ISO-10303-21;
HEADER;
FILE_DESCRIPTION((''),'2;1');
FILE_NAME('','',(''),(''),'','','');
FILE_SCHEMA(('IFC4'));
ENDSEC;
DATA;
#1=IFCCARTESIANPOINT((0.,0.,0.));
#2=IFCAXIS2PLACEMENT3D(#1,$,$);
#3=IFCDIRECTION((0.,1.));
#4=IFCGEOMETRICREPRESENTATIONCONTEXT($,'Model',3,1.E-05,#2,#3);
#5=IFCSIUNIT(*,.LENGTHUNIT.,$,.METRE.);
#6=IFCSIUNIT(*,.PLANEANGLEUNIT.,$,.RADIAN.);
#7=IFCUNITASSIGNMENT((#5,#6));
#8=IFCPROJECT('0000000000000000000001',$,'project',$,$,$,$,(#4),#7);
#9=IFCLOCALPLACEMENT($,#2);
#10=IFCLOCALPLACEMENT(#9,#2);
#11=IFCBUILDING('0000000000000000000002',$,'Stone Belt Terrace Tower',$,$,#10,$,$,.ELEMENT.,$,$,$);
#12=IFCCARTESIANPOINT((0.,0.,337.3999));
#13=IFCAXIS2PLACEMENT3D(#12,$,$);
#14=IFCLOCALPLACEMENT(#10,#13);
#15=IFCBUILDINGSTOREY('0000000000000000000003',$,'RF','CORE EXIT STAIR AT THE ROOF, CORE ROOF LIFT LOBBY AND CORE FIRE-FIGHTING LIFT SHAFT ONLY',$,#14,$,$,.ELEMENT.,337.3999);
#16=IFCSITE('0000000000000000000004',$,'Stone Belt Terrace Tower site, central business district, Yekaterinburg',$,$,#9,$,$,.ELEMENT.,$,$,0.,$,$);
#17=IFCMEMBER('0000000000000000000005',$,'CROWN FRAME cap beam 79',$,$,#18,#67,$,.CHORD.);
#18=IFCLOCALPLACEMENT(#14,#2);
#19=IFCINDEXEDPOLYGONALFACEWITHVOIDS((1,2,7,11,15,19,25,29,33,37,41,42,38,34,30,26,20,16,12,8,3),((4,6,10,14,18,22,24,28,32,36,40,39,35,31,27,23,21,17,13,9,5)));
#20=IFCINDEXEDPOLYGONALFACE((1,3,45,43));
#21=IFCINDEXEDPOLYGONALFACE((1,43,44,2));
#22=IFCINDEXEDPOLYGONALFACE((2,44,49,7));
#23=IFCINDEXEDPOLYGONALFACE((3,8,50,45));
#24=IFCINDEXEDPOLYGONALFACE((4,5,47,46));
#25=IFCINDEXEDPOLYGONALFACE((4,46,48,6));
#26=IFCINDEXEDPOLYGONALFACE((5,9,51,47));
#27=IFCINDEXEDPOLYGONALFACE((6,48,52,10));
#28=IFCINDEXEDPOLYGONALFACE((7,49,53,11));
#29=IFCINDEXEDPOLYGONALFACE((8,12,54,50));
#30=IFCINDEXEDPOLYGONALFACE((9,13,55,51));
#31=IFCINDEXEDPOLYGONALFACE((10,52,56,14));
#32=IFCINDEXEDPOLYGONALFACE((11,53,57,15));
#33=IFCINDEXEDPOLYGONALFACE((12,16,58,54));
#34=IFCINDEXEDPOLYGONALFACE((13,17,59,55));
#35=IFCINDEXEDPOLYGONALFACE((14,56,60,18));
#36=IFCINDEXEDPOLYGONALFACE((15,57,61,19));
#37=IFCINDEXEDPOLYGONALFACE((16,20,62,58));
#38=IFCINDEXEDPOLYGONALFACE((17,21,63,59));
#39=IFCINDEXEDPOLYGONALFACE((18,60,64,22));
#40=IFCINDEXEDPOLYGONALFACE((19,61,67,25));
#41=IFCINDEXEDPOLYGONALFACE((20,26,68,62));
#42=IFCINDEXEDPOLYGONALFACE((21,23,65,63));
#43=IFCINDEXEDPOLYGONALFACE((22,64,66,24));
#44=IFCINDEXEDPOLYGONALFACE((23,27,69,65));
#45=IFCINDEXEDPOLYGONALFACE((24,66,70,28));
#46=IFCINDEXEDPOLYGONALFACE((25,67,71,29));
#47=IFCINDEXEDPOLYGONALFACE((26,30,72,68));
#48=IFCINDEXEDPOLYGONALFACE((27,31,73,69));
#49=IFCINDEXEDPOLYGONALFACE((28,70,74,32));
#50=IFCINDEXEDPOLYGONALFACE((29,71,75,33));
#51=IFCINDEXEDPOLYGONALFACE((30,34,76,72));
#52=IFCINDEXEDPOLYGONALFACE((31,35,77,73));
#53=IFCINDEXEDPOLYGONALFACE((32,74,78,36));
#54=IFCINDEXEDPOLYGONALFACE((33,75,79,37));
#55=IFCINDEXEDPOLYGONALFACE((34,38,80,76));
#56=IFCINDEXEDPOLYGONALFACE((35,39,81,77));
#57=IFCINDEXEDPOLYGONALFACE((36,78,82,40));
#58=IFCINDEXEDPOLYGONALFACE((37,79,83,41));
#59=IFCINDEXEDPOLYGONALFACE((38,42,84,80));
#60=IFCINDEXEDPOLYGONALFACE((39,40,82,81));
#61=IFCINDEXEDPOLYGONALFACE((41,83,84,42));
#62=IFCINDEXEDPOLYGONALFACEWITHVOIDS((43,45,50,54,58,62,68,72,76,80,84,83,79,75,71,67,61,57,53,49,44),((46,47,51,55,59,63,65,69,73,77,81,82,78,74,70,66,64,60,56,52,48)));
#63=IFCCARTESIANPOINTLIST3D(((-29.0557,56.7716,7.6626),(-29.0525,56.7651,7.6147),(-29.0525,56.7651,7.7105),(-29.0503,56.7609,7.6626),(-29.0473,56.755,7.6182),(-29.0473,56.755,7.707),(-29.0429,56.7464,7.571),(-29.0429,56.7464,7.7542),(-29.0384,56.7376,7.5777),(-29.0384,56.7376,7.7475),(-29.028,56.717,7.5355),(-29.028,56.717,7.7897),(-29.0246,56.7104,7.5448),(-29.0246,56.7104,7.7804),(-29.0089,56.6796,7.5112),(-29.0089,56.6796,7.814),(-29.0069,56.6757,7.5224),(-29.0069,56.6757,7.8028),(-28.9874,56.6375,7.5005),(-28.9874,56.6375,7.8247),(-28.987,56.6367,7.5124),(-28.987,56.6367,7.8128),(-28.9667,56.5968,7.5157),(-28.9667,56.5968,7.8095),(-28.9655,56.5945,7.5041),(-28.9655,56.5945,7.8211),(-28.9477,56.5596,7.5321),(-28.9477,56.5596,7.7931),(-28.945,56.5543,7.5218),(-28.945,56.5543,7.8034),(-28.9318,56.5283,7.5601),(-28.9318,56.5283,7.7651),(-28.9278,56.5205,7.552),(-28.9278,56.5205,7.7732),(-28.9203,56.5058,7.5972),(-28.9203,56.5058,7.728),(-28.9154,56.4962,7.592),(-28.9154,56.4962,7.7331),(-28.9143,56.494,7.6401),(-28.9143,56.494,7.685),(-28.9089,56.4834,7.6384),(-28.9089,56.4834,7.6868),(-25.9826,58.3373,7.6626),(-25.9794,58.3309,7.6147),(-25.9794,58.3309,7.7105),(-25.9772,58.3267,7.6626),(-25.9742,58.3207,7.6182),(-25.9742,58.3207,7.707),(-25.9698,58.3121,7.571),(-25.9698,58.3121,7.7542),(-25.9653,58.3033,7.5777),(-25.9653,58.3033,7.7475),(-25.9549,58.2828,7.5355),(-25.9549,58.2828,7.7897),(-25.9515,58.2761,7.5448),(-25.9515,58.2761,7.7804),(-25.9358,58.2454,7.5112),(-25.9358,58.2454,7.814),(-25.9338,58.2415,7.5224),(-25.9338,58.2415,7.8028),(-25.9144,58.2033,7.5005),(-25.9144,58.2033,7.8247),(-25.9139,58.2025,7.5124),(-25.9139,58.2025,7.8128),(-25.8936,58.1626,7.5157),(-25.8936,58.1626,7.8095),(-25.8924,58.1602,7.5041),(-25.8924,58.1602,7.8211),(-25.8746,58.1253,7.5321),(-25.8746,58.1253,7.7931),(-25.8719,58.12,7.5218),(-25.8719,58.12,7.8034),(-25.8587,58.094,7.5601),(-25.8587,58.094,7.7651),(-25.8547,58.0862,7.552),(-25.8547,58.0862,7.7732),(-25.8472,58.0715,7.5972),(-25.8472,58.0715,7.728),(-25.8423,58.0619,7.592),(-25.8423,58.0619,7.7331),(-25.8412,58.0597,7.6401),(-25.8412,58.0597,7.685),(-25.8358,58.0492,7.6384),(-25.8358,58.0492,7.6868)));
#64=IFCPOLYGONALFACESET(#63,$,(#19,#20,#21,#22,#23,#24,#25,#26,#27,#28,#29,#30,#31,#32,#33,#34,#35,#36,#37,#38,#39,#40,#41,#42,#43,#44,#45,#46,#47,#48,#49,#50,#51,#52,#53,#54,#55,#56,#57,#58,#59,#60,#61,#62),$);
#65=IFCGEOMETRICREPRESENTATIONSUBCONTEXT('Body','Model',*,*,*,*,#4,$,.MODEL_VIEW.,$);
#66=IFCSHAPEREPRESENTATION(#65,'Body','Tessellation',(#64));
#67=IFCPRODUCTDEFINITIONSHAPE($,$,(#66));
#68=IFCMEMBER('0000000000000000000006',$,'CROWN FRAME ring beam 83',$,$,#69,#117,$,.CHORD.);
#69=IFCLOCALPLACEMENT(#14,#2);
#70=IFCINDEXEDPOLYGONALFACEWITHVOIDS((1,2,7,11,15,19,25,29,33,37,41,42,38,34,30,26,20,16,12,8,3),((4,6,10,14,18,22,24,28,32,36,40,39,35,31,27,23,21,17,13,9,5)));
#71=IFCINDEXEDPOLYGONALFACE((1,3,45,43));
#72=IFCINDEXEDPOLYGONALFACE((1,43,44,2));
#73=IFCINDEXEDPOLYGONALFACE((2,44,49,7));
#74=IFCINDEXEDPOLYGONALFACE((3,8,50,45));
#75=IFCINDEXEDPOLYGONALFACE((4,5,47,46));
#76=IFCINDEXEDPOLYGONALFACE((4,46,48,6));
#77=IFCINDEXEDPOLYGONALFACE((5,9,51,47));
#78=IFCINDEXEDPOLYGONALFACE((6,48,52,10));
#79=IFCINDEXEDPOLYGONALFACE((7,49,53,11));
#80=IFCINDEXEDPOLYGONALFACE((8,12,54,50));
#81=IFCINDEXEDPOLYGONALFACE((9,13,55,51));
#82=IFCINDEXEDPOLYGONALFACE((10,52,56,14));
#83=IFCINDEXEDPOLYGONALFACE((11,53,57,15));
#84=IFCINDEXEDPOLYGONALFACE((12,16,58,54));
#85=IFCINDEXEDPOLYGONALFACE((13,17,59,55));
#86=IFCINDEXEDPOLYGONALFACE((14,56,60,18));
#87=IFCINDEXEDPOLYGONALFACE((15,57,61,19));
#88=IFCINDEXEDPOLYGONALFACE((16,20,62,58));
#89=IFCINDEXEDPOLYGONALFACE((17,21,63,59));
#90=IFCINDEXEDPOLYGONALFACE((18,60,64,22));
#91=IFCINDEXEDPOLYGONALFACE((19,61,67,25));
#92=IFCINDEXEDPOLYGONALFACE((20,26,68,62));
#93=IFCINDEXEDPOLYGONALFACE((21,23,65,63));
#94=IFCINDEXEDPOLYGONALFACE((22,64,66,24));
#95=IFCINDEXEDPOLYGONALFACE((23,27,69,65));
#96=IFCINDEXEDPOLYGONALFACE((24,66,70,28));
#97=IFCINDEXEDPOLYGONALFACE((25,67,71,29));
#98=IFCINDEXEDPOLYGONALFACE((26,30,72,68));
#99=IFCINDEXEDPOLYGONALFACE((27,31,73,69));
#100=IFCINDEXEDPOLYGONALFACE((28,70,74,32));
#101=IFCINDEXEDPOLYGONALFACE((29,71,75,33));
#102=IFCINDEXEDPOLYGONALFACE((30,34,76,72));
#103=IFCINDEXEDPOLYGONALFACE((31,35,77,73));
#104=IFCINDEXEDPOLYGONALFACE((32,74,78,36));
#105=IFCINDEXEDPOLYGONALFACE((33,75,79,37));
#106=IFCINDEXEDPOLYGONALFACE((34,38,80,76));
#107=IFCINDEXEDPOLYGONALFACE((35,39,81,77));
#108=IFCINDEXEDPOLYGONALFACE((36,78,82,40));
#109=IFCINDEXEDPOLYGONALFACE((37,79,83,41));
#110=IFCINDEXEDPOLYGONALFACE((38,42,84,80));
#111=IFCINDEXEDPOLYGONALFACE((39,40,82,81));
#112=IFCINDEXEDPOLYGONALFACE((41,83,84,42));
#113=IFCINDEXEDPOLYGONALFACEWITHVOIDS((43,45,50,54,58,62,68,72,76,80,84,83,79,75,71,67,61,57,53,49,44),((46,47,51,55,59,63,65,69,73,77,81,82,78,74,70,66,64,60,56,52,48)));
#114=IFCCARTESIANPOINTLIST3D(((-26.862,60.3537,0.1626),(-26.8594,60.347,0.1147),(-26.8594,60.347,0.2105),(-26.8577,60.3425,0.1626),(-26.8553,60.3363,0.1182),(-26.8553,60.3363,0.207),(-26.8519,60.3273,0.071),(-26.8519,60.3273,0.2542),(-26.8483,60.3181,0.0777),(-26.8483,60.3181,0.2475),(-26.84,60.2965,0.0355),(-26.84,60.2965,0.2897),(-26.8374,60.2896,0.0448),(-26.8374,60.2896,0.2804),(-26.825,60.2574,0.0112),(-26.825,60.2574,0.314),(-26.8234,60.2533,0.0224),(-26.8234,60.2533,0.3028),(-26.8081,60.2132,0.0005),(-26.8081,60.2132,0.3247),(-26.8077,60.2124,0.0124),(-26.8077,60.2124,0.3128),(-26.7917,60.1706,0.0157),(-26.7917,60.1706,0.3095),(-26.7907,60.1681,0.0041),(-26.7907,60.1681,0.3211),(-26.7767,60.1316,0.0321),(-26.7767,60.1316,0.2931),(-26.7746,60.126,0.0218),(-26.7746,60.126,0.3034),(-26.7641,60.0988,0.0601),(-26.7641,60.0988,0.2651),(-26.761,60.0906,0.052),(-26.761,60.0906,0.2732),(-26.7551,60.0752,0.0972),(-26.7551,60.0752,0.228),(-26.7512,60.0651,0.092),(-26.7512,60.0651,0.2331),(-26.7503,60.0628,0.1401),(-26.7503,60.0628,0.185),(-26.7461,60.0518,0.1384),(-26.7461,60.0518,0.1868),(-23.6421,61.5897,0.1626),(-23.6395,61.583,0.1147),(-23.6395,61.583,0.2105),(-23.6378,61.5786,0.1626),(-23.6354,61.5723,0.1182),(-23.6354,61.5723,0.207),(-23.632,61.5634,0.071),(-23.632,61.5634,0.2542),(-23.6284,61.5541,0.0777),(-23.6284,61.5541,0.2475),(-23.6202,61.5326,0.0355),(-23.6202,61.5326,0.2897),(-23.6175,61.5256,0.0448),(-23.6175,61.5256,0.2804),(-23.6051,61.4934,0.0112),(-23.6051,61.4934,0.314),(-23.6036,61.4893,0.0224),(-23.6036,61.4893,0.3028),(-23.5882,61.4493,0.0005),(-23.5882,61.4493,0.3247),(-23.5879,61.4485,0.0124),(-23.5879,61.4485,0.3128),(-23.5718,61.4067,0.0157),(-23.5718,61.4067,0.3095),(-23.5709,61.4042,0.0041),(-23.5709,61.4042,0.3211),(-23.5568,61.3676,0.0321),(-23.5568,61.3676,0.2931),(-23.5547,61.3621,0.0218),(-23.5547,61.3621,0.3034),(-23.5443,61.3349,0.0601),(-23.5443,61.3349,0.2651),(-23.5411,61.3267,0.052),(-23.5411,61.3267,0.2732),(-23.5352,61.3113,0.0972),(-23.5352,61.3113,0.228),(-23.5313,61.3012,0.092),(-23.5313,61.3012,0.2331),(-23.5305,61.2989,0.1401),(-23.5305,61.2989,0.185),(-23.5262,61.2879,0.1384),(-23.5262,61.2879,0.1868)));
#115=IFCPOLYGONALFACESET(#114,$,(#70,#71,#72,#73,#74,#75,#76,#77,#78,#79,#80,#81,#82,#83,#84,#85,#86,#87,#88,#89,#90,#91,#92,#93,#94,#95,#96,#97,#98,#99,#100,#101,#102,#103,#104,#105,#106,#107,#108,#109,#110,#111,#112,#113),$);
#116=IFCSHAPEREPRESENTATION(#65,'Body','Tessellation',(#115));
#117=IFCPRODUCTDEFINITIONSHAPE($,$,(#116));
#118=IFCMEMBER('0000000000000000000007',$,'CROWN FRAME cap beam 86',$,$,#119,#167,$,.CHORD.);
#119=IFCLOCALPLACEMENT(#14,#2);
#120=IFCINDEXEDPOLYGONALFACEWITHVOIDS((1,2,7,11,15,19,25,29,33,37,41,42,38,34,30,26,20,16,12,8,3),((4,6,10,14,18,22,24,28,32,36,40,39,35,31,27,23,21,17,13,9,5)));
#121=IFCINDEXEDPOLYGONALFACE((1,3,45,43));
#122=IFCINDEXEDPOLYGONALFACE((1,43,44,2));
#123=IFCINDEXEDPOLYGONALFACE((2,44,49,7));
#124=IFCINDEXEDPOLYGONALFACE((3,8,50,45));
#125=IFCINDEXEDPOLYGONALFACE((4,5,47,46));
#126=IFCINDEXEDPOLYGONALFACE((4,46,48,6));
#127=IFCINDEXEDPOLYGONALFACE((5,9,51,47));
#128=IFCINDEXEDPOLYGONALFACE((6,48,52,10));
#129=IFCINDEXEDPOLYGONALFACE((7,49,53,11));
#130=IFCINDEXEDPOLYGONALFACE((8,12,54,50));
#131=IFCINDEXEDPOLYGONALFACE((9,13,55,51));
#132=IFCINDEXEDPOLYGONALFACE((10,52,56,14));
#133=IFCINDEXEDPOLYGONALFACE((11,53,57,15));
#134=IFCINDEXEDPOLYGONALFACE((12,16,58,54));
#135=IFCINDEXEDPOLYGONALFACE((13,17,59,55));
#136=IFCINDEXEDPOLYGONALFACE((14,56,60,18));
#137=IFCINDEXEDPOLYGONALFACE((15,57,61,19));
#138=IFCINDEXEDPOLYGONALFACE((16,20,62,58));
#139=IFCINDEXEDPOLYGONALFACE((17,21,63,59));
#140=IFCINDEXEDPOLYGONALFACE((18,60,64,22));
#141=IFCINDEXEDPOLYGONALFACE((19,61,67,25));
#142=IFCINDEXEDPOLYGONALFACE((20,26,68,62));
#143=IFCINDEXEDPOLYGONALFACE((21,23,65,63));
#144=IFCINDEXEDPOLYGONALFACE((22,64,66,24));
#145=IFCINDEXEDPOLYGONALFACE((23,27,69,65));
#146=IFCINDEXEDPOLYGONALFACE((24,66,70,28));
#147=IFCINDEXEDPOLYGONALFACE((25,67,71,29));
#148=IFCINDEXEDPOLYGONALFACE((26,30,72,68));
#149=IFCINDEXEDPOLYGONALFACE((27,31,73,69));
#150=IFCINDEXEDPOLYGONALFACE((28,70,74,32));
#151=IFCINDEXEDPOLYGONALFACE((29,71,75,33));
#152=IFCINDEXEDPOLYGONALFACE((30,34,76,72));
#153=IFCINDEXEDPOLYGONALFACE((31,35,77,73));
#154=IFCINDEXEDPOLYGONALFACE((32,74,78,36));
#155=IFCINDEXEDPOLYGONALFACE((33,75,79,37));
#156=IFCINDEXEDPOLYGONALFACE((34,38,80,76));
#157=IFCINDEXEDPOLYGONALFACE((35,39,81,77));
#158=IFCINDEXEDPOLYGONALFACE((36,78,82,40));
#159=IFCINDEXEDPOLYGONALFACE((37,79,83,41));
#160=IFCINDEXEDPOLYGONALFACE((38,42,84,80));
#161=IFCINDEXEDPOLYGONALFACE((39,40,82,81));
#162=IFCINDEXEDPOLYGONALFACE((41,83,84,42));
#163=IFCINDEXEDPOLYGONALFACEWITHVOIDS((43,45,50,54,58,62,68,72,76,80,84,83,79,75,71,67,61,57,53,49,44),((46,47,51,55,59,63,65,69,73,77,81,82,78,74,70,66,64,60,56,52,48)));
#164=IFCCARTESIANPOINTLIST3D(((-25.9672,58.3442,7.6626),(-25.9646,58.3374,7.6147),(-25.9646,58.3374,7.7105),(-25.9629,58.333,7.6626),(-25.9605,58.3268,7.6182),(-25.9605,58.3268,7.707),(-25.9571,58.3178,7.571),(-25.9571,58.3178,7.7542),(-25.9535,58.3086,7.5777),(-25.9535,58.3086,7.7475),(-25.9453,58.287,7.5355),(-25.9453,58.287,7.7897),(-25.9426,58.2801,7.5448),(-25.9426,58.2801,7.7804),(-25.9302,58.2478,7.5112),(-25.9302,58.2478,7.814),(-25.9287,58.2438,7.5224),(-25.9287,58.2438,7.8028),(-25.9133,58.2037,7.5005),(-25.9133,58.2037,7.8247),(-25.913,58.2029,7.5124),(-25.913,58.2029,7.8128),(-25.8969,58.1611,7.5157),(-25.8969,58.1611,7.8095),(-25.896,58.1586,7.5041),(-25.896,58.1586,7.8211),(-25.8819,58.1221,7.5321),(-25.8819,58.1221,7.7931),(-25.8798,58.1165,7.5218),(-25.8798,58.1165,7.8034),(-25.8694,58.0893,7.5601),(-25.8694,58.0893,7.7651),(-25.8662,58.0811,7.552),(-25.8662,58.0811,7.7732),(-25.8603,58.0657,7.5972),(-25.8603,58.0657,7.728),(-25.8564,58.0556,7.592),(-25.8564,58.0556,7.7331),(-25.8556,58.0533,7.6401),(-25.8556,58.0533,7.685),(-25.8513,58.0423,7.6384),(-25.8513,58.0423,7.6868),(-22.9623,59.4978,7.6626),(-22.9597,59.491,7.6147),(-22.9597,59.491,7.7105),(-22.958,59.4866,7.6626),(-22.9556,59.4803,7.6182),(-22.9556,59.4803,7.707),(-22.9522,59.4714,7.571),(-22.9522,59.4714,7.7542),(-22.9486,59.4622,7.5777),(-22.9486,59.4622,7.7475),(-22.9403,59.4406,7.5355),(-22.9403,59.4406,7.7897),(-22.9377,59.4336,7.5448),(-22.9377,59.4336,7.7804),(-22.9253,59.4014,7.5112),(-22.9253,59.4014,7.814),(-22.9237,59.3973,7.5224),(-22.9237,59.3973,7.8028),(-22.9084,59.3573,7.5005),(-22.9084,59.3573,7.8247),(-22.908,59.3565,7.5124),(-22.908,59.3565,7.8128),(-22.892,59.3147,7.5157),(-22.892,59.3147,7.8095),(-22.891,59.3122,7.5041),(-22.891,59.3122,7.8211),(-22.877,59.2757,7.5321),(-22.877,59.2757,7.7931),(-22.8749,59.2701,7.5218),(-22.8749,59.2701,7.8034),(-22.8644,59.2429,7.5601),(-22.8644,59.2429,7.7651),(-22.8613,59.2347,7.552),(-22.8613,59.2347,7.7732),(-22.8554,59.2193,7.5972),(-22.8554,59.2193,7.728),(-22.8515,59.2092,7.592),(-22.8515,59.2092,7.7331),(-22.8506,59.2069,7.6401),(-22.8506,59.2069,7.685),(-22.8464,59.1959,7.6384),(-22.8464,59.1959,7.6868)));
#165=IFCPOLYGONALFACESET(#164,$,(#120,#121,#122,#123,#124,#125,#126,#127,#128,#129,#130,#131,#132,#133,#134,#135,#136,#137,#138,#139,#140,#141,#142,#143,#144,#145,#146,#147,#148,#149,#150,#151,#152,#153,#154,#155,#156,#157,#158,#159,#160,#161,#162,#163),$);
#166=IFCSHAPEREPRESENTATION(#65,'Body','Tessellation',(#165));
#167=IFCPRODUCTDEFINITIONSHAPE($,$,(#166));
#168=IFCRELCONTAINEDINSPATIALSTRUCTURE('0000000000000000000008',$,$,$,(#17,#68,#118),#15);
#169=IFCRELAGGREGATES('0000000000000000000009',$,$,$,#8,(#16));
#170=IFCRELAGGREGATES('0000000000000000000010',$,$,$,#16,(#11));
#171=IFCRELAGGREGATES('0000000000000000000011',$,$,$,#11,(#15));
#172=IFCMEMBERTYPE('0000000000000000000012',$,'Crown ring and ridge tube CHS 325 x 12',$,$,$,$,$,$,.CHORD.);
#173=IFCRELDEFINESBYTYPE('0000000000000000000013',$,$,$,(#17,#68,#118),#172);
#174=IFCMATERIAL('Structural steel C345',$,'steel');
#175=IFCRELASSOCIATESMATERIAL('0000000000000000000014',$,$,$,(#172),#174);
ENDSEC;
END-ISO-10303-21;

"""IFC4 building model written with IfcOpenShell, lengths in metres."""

from ifc_helpers import new_model, si_unit, direction, frame, origin, origin_2d, place, context, subcontext, project, spatial, hollow_circle, extrude, material, material_profile, profile_set, type_object, element, save


model = new_model("IFC4")

# Units and contexts
model_context = context("Model", 3, precision=1e-05, world=origin(), true_north=direction((0.0, 1.0)))
body_context = subcontext(model_context, "Body", "Model", "MODEL_VIEW")
ifc_project = project(units=[si_unit("LENGTHUNIT", "METRE"), si_unit("PLANEANGLEUNIT", "RADIAN")], contexts=[model_context])

# Site, building, storey
site_placement = place(None, origin())
site = spatial("IfcSite", under=ifc_project, at=site_placement, Name="Stone Belt Terrace Tower site, central business district, Yekaterinburg", CompositionType="ELEMENT", RefElevation=0.0)
building_placement = place(site_placement, origin())
building = spatial("IfcBuilding", under=site, at=building_placement, Name="Stone Belt Terrace Tower", CompositionType="ELEMENT")
storey_placement = place(building_placement, frame((0.0, 0.0, 337.3999)))
storey = spatial("IfcBuildingStorey", under=building, at=storey_placement, Name="RF", Description="CORE EXIT STAIR AT THE ROOF, CORE ROOF LIFT LOBBY AND CORE FIRE-FIGHTING LIFT SHAFT ONLY", CompositionType="ELEMENT", Elevation=337.3999)

# Members
ifc_material_1 = material(Name="Structural steel C345", Category="steel")
ifc_material_profile_1 = material_profile(ifc_material_1, hollow_circle(Radius=0.1626, WallThickness=0.012, at=origin_2d()), Name="Structural steel C345 CHS 325x12")
ifc_profile_set_1 = profile_set([ifc_material_profile_1], Name="Structural steel C345")
member_type_1 = type_object("IfcMemberType", Name="Crown ring and ridge tube CHS 325 x 12", PredefinedType="CHORD", material=ifc_profile_set_1)
for number, where, z_axis, x_axis, name in (
    (1, (-28.9819, 56.6267, 7.6626), (0.891018, 0.453968, 0.0), (-0.453968, 0.891018, 0.0), "CROWN FRAME cap beam 79"),
    (2, (-26.8037, 60.2019, 0.1626), (0.933575, 0.358381, 0.0), (-0.358381, 0.933575, 0.0), "CROWN FRAME ring beam 83"),
):
    element("IfcMember", number, at=place(storey_placement, frame(where, z_axis=z_axis, x_axis=x_axis)), inside=storey, type_object=member_type_1, Name=name, PredefinedType="CHORD", context=body_context, shape_type="SweptSolid", body=[
        extrude(hollow_circle(Radius=0.1626, WallThickness=0.012, at=origin_2d()), origin(), (0.0, 0.0, 1.0), 3.449),
    ])
member_1_placement = place(storey_placement, frame((-25.9089, 58.1924, 7.6626), z_axis=(0.93357, 0.358394, 0.0), x_axis=(-0.358394, 0.93357, 0.0)))
element("IfcMember", 3, at=member_1_placement, inside=storey, type_object=member_type_1, Name="CROWN FRAME cap beam 86", PredefinedType="CHORD", context=body_context, shape_type="SweptSolid", body=[
    extrude(hollow_circle(Radius=0.1626, WallThickness=0.012, at=origin_2d()), origin(), (0.0, 0.0, 1.0), 3.2188),
])

save(model, "model.ifc")
